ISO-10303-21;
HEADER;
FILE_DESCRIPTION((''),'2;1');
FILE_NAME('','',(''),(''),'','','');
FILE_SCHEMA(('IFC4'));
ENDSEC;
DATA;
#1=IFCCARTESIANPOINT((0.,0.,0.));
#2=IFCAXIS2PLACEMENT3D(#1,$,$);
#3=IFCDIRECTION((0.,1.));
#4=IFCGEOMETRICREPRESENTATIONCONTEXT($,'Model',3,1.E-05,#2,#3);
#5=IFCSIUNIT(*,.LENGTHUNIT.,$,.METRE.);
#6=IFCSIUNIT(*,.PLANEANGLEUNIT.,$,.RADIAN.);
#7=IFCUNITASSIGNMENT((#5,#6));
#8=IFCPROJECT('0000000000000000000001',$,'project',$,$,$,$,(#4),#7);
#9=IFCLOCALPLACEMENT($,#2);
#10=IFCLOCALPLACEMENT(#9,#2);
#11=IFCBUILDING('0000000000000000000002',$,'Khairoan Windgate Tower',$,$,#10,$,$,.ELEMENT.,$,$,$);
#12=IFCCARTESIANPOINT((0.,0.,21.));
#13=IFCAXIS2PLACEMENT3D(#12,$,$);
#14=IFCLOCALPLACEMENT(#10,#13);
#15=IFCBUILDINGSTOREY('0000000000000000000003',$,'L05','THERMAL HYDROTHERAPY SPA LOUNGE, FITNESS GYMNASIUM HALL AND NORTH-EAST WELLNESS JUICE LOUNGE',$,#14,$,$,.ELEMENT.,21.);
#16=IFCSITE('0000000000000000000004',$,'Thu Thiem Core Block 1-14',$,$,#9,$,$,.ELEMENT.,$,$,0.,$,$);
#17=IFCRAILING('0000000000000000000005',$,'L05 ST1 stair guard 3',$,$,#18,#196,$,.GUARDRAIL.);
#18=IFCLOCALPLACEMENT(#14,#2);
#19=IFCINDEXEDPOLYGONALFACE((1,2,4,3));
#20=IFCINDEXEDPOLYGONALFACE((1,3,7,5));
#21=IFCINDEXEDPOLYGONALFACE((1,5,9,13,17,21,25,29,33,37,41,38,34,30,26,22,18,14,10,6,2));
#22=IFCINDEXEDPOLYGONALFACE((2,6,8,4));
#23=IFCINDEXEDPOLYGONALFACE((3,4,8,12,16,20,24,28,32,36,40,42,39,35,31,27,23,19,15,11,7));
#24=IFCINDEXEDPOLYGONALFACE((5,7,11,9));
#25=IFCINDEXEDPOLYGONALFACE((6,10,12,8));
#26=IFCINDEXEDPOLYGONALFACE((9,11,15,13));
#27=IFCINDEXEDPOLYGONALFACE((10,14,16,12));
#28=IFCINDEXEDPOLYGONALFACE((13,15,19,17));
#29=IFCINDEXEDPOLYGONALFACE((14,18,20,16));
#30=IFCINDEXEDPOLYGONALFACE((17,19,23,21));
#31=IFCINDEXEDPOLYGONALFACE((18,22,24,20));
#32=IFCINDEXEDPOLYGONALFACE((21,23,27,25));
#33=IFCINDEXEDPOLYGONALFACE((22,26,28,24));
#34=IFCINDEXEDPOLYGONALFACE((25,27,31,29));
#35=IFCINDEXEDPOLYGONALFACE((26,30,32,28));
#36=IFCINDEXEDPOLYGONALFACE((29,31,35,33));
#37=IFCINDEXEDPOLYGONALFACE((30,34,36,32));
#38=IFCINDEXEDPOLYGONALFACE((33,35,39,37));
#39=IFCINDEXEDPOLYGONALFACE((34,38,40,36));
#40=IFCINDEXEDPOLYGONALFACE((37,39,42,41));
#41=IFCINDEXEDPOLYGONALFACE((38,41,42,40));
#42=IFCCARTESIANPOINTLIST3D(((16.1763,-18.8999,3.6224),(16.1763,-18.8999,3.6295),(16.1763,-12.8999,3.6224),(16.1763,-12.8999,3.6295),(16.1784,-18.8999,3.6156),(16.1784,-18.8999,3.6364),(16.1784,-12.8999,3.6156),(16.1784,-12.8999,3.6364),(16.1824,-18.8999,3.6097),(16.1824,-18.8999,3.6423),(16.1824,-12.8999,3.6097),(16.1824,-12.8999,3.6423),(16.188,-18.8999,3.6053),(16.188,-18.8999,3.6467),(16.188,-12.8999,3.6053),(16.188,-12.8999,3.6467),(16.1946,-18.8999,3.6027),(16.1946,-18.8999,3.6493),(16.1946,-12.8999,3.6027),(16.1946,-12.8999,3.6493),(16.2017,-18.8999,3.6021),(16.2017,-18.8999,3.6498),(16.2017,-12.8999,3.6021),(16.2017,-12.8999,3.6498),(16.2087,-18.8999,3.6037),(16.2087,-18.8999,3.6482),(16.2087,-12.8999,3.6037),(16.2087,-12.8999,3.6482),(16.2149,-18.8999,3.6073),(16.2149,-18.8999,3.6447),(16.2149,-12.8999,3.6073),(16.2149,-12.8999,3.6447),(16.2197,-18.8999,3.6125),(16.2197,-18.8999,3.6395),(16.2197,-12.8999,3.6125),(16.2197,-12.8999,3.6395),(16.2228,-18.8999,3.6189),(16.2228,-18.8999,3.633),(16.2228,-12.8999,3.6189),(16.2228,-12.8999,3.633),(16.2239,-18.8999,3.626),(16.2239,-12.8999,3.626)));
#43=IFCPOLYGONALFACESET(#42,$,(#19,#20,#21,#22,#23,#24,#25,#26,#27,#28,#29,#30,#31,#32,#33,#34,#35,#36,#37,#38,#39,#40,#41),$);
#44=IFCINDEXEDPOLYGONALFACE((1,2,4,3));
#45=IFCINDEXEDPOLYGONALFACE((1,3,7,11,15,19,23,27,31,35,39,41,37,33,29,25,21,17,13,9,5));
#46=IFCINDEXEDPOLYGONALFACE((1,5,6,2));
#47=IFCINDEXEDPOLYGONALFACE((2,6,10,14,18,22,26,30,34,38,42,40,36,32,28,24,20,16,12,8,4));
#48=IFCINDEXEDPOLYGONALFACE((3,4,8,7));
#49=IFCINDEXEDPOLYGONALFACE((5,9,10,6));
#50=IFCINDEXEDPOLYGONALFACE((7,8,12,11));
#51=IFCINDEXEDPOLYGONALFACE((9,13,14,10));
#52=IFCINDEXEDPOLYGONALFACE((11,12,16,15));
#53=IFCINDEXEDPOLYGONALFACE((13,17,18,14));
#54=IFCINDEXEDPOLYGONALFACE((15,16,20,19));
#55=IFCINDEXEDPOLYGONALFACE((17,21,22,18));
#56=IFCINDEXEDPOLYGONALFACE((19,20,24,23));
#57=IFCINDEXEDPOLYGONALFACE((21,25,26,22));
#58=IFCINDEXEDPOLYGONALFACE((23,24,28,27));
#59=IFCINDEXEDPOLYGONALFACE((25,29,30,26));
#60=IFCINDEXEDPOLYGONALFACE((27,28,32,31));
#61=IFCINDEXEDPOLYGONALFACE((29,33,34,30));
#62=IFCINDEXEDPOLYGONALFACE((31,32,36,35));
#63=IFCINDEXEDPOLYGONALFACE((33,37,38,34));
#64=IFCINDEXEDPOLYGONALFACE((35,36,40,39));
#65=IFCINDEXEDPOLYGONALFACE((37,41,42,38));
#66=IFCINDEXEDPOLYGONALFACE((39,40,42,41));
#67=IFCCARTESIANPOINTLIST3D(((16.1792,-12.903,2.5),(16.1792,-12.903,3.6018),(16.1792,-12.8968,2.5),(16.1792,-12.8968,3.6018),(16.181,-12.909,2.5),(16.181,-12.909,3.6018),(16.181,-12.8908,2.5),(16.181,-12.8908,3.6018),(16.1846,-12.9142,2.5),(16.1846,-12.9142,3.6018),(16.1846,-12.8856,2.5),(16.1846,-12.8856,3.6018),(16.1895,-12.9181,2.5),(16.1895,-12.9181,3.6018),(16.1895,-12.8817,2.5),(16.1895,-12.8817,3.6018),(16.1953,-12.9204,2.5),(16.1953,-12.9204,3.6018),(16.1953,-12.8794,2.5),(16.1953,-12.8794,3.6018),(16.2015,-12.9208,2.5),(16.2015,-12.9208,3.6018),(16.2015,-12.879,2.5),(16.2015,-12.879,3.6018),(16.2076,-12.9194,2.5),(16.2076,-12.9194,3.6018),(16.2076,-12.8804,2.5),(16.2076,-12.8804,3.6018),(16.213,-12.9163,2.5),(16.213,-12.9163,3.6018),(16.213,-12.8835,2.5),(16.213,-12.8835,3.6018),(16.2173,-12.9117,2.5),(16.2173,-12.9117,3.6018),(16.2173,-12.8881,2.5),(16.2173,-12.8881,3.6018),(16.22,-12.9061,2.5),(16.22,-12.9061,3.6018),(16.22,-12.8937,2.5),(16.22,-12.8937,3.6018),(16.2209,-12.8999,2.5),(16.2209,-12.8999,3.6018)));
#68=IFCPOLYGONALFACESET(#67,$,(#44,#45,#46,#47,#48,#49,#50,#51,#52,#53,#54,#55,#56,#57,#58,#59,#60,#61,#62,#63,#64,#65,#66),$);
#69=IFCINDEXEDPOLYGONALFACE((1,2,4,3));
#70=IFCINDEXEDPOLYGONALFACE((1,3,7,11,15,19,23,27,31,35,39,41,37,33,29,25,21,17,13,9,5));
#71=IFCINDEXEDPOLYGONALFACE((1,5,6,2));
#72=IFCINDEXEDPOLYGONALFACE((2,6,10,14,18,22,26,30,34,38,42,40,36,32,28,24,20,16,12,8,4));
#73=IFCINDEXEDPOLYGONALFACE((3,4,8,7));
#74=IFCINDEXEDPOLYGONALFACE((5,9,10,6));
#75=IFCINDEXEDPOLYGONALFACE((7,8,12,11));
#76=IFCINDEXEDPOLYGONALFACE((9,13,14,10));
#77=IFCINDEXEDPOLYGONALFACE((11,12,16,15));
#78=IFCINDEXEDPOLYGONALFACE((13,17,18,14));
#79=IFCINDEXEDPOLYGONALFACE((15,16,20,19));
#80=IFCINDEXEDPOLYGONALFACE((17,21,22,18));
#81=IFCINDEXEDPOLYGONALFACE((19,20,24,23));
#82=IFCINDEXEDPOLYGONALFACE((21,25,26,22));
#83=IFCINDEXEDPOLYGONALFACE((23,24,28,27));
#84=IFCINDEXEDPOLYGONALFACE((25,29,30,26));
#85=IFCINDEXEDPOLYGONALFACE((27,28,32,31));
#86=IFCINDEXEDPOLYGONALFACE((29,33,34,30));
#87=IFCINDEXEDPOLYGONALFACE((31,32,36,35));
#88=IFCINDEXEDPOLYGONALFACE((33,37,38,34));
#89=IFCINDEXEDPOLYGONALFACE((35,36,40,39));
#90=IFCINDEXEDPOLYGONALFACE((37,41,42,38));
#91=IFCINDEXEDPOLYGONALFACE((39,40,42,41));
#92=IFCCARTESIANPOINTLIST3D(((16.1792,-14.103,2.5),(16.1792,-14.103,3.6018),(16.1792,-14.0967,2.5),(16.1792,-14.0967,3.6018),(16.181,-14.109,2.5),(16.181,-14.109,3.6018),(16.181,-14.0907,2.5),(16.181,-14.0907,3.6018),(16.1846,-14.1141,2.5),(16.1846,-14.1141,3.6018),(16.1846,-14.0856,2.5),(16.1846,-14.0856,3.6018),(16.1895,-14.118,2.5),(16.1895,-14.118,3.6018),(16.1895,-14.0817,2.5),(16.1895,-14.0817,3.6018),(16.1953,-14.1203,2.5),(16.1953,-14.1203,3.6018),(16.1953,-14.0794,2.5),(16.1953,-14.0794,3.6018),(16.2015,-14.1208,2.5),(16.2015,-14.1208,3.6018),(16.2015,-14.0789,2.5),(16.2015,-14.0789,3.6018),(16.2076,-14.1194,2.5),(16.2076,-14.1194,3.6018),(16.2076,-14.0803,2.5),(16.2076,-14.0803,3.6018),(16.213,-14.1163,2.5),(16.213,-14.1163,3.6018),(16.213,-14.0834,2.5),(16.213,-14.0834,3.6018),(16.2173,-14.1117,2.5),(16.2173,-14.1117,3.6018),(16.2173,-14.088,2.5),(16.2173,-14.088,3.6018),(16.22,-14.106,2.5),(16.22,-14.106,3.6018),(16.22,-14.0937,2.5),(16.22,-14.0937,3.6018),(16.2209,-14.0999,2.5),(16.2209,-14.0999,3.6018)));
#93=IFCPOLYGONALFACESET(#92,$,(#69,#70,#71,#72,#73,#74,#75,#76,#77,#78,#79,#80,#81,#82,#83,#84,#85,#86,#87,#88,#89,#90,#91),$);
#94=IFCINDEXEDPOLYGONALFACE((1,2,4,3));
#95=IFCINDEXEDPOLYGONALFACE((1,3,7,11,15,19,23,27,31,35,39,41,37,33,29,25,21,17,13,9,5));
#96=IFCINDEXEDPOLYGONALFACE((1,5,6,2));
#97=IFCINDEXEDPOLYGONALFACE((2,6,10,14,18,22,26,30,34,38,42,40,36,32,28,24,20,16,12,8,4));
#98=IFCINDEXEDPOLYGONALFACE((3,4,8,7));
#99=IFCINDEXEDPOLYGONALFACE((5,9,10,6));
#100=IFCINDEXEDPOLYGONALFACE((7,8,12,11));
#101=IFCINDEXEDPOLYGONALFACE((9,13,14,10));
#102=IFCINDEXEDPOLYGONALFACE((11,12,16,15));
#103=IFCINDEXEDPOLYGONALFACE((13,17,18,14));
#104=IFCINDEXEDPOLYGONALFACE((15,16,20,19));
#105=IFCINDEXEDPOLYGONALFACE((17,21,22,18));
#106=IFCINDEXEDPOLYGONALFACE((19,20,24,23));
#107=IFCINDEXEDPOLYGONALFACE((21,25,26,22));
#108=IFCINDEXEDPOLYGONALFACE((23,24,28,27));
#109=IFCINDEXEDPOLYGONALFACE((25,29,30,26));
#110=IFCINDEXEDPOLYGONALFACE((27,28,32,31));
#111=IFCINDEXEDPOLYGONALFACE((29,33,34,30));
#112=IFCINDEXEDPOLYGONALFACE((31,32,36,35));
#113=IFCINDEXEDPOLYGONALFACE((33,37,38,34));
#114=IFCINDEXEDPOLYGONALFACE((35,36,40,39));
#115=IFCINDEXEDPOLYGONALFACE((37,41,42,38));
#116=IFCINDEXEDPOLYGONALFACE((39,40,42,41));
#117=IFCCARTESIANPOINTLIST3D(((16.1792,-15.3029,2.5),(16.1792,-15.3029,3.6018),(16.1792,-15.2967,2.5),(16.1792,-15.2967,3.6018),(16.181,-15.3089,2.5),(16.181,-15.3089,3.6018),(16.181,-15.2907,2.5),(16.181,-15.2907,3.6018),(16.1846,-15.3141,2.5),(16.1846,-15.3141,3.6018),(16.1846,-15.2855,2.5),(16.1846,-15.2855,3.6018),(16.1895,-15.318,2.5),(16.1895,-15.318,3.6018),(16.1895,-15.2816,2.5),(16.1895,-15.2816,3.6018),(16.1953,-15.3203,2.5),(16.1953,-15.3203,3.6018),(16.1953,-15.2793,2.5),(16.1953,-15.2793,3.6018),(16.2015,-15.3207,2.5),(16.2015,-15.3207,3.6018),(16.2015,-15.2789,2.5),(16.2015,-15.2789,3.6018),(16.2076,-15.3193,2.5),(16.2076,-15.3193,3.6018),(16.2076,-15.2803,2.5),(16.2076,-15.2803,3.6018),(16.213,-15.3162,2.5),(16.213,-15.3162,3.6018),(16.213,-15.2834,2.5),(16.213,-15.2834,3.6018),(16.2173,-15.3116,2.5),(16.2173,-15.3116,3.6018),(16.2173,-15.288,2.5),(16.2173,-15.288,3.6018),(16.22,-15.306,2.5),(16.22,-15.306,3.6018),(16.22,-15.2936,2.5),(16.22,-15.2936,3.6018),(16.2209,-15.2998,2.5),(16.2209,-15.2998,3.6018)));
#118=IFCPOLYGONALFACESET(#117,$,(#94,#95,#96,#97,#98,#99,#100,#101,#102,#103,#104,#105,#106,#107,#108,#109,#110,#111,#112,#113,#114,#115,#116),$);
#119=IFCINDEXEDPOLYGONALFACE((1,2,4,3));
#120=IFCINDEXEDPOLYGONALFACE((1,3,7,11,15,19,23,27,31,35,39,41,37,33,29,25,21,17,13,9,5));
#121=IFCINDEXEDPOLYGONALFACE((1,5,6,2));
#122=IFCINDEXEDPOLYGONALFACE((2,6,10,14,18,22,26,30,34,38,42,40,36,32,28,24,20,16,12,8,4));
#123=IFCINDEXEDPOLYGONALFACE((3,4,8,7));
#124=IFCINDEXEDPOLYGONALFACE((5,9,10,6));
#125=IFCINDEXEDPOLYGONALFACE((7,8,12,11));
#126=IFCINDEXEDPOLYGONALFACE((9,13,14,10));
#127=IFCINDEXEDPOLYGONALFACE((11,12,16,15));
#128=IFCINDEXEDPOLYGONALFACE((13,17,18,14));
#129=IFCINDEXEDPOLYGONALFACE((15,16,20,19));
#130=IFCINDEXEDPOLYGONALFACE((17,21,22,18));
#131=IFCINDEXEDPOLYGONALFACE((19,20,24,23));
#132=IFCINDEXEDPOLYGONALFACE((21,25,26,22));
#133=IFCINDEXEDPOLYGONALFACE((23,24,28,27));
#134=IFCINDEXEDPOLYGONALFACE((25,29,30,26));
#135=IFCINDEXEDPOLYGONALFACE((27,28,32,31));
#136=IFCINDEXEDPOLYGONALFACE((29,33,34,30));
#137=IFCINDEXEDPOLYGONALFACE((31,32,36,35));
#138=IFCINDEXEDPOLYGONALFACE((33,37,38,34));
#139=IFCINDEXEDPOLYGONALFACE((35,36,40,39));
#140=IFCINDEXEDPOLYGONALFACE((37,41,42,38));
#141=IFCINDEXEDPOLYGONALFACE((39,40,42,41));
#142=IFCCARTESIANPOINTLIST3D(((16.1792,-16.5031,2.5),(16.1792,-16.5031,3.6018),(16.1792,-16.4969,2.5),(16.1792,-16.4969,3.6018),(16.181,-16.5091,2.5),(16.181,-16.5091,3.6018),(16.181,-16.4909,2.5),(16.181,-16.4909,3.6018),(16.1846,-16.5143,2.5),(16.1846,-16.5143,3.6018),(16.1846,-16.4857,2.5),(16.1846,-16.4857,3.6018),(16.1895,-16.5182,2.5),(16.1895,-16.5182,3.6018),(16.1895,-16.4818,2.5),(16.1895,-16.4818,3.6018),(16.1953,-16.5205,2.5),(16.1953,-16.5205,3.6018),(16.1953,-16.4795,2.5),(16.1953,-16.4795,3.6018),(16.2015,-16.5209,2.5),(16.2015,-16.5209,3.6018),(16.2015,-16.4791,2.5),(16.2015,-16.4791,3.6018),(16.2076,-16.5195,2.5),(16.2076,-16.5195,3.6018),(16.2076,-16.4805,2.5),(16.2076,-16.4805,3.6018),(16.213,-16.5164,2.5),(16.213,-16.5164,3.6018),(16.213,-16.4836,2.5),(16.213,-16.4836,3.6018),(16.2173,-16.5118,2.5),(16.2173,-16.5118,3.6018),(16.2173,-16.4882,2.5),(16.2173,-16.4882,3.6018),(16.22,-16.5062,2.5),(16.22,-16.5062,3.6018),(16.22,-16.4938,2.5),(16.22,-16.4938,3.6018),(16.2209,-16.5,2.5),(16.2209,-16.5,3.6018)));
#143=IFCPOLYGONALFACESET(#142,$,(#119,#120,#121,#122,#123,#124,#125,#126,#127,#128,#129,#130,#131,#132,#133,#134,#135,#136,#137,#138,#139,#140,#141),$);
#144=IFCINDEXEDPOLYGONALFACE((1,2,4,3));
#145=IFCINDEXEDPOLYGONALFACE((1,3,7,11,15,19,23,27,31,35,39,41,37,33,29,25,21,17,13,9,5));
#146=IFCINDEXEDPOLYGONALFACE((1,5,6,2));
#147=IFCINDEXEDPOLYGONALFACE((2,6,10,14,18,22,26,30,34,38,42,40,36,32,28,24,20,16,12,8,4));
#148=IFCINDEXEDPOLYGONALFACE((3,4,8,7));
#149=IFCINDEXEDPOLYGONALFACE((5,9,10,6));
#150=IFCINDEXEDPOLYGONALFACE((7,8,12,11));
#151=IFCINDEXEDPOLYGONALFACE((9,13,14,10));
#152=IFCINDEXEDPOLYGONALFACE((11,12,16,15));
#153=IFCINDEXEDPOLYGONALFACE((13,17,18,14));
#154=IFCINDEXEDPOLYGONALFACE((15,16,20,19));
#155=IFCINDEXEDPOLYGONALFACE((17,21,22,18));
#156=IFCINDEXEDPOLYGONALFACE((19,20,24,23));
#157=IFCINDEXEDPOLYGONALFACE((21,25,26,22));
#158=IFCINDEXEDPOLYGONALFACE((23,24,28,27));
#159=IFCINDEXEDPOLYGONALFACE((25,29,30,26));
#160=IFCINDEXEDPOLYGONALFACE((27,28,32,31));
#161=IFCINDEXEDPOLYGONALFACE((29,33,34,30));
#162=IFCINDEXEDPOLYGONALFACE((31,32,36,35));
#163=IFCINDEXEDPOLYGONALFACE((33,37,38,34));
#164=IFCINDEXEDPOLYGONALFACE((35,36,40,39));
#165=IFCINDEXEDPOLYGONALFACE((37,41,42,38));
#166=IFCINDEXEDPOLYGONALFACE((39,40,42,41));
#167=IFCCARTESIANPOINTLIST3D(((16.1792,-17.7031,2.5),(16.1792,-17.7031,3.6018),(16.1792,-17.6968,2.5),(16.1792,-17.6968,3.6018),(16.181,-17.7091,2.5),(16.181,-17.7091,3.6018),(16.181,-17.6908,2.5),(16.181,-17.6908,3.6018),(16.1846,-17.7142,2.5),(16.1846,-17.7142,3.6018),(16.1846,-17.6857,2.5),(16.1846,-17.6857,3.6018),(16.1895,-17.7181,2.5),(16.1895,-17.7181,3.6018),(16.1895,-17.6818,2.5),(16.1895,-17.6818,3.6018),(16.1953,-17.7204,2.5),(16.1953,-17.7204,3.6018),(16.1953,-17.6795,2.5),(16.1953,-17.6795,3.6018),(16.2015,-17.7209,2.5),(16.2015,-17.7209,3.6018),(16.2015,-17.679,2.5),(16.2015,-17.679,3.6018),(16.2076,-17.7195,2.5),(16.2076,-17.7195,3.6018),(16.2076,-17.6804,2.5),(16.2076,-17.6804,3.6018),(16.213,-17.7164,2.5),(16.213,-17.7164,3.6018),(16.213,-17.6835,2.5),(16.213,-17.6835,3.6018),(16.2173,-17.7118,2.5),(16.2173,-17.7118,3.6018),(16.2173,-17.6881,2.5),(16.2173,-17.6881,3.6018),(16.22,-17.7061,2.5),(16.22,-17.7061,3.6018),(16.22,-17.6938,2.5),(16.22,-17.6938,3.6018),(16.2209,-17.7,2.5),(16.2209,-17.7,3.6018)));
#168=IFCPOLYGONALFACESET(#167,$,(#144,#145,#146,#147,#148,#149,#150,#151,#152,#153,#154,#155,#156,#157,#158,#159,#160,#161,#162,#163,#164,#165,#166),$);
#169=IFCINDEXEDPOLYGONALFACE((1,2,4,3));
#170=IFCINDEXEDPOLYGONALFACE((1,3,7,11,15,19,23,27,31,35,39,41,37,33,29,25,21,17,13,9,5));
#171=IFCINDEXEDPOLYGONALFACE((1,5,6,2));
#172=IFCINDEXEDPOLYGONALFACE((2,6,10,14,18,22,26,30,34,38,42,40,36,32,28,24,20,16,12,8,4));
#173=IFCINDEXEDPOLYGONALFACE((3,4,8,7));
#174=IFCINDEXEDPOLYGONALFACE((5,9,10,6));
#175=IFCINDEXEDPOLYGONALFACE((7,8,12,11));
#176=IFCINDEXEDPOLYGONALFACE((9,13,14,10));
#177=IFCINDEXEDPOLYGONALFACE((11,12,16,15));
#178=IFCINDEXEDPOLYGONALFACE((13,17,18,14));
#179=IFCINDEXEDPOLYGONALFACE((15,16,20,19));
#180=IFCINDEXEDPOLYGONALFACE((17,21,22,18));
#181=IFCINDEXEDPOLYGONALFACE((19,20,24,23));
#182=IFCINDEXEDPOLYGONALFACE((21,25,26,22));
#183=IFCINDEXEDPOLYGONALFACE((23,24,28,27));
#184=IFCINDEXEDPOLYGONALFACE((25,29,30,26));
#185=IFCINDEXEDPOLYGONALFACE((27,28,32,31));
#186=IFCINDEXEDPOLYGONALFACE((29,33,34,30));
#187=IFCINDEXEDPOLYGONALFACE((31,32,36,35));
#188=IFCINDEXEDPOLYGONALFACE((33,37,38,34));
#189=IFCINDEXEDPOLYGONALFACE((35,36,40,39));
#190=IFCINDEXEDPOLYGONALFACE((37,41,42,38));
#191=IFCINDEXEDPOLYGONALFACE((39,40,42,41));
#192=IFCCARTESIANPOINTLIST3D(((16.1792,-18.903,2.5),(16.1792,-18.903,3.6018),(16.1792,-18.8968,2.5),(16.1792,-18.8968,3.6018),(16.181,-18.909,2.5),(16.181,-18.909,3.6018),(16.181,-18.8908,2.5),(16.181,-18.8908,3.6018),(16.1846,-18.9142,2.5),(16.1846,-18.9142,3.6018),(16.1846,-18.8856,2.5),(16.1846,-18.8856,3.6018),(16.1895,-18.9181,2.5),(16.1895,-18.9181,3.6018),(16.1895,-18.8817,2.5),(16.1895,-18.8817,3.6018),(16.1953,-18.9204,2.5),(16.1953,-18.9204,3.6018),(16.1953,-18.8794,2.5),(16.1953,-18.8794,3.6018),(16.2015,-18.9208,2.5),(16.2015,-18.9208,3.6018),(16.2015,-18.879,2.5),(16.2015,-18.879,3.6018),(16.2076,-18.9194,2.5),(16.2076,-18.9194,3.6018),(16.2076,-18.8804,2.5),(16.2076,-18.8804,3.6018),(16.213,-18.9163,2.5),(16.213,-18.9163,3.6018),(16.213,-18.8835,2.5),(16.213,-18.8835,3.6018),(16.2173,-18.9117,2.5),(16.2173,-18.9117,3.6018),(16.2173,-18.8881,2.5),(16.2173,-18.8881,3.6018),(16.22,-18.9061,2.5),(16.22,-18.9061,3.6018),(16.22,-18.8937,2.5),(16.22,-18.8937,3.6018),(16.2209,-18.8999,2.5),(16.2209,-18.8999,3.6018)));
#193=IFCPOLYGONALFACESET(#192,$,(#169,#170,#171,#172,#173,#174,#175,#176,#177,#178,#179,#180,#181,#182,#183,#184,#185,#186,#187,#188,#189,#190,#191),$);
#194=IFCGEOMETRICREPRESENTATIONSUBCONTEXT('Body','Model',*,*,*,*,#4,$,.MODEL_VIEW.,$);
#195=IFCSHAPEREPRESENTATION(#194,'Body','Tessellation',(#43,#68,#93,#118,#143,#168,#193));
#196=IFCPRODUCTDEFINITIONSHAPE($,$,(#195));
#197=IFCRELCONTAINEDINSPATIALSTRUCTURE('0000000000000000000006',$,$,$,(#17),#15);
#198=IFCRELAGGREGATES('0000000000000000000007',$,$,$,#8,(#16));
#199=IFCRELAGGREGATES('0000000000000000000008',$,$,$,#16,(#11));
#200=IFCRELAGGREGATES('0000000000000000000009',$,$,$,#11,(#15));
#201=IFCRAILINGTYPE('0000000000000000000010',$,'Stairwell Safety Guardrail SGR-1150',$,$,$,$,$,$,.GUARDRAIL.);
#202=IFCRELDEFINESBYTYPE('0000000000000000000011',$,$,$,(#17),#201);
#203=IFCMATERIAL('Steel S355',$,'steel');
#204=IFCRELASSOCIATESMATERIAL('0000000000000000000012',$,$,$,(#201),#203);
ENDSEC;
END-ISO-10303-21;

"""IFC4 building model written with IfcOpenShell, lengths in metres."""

from ifc_helpers import new_model, si_unit, direction, frame, origin, origin_2d, place, context, subcontext, project, spatial, circle, extrude, material, type_object, element, save


model = new_model("IFC4")

# Units and contexts
model_context = context("Model", 3, precision=1e-05, world=origin(), true_north=direction((0.0, 1.0)))
body_context = subcontext(model_context, "Body", "Model", "MODEL_VIEW")
ifc_project = project(units=[si_unit("LENGTHUNIT", "METRE"), si_unit("PLANEANGLEUNIT", "RADIAN")], contexts=[model_context])

# Site, building, storey
site_placement = place(None, origin())
site = spatial("IfcSite", under=ifc_project, at=site_placement, Name="Thu Thiem Core Block 1-14", CompositionType="ELEMENT", RefElevation=0.0)
building_placement = place(site_placement, origin())
building = spatial("IfcBuilding", under=site, at=building_placement, Name="Khairoan Windgate Tower", CompositionType="ELEMENT")
storey_placement = place(building_placement, frame((0.0, 0.0, 21.0)))
storey = spatial("IfcBuildingStorey", under=building, at=storey_placement, Name="L05", Description="THERMAL HYDROTHERAPY SPA LOUNGE, FITNESS GYMNASIUM HALL AND NORTH-EAST WELLNESS JUICE LOUNGE", CompositionType="ELEMENT", Elevation=21.0)

# Railing
ifc_material_1 = material(Name="Steel S355", Category="steel")
railing_type_1 = type_object("IfcRailingType", Name="Stairwell Safety Guardrail SGR-1150", PredefinedType="GUARDRAIL", material=ifc_material_1)
railing_1_placement = place(storey_placement, frame((16.2, -12.8999, 2.5)))
element("IfcRailing", 1, at=railing_1_placement, inside=storey, type_object=railing_type_1, Name="L05 ST1 stair guard 3", PredefinedType="GUARDRAIL", context=body_context, shape_type="SweptSolid", body=[
    extrude(circle(Radius=0.0239, at=origin_2d()), frame((0.0, 0.0, 1.126), z_axis=(0.0, -1.0, 0.0), x_axis=(1.0, 0.0, 0.0)), (0.0, 0.0, 1.0), 6.0),
    extrude(circle(Radius=0.021, at=origin_2d()), origin(), (0.0, 0.0, 1.0), 1.1018),
    extrude(circle(Radius=0.021, at=origin_2d()), frame((0.0, -1.2, 0.0)), (0.0, 0.0, 1.0), 1.1018),
    extrude(circle(Radius=0.021, at=origin_2d()), frame((0.0, -2.3999, 0.0)), (0.0, 0.0, 1.0), 1.1018),
    extrude(circle(Radius=0.021, at=origin_2d()), frame((0.0, -3.6001, 0.0)), (0.0, 0.0, 1.0), 1.1018),
    extrude(circle(Radius=0.021, at=origin_2d()), frame((0.0, -4.8, 0.0)), (0.0, 0.0, 1.0), 1.1018),
    extrude(circle(Radius=0.021, at=origin_2d()), frame((0.0, -6.0, 0.0)), (0.0, 0.0, 1.0), 1.1018),
])

save(model, "model.ifc")
